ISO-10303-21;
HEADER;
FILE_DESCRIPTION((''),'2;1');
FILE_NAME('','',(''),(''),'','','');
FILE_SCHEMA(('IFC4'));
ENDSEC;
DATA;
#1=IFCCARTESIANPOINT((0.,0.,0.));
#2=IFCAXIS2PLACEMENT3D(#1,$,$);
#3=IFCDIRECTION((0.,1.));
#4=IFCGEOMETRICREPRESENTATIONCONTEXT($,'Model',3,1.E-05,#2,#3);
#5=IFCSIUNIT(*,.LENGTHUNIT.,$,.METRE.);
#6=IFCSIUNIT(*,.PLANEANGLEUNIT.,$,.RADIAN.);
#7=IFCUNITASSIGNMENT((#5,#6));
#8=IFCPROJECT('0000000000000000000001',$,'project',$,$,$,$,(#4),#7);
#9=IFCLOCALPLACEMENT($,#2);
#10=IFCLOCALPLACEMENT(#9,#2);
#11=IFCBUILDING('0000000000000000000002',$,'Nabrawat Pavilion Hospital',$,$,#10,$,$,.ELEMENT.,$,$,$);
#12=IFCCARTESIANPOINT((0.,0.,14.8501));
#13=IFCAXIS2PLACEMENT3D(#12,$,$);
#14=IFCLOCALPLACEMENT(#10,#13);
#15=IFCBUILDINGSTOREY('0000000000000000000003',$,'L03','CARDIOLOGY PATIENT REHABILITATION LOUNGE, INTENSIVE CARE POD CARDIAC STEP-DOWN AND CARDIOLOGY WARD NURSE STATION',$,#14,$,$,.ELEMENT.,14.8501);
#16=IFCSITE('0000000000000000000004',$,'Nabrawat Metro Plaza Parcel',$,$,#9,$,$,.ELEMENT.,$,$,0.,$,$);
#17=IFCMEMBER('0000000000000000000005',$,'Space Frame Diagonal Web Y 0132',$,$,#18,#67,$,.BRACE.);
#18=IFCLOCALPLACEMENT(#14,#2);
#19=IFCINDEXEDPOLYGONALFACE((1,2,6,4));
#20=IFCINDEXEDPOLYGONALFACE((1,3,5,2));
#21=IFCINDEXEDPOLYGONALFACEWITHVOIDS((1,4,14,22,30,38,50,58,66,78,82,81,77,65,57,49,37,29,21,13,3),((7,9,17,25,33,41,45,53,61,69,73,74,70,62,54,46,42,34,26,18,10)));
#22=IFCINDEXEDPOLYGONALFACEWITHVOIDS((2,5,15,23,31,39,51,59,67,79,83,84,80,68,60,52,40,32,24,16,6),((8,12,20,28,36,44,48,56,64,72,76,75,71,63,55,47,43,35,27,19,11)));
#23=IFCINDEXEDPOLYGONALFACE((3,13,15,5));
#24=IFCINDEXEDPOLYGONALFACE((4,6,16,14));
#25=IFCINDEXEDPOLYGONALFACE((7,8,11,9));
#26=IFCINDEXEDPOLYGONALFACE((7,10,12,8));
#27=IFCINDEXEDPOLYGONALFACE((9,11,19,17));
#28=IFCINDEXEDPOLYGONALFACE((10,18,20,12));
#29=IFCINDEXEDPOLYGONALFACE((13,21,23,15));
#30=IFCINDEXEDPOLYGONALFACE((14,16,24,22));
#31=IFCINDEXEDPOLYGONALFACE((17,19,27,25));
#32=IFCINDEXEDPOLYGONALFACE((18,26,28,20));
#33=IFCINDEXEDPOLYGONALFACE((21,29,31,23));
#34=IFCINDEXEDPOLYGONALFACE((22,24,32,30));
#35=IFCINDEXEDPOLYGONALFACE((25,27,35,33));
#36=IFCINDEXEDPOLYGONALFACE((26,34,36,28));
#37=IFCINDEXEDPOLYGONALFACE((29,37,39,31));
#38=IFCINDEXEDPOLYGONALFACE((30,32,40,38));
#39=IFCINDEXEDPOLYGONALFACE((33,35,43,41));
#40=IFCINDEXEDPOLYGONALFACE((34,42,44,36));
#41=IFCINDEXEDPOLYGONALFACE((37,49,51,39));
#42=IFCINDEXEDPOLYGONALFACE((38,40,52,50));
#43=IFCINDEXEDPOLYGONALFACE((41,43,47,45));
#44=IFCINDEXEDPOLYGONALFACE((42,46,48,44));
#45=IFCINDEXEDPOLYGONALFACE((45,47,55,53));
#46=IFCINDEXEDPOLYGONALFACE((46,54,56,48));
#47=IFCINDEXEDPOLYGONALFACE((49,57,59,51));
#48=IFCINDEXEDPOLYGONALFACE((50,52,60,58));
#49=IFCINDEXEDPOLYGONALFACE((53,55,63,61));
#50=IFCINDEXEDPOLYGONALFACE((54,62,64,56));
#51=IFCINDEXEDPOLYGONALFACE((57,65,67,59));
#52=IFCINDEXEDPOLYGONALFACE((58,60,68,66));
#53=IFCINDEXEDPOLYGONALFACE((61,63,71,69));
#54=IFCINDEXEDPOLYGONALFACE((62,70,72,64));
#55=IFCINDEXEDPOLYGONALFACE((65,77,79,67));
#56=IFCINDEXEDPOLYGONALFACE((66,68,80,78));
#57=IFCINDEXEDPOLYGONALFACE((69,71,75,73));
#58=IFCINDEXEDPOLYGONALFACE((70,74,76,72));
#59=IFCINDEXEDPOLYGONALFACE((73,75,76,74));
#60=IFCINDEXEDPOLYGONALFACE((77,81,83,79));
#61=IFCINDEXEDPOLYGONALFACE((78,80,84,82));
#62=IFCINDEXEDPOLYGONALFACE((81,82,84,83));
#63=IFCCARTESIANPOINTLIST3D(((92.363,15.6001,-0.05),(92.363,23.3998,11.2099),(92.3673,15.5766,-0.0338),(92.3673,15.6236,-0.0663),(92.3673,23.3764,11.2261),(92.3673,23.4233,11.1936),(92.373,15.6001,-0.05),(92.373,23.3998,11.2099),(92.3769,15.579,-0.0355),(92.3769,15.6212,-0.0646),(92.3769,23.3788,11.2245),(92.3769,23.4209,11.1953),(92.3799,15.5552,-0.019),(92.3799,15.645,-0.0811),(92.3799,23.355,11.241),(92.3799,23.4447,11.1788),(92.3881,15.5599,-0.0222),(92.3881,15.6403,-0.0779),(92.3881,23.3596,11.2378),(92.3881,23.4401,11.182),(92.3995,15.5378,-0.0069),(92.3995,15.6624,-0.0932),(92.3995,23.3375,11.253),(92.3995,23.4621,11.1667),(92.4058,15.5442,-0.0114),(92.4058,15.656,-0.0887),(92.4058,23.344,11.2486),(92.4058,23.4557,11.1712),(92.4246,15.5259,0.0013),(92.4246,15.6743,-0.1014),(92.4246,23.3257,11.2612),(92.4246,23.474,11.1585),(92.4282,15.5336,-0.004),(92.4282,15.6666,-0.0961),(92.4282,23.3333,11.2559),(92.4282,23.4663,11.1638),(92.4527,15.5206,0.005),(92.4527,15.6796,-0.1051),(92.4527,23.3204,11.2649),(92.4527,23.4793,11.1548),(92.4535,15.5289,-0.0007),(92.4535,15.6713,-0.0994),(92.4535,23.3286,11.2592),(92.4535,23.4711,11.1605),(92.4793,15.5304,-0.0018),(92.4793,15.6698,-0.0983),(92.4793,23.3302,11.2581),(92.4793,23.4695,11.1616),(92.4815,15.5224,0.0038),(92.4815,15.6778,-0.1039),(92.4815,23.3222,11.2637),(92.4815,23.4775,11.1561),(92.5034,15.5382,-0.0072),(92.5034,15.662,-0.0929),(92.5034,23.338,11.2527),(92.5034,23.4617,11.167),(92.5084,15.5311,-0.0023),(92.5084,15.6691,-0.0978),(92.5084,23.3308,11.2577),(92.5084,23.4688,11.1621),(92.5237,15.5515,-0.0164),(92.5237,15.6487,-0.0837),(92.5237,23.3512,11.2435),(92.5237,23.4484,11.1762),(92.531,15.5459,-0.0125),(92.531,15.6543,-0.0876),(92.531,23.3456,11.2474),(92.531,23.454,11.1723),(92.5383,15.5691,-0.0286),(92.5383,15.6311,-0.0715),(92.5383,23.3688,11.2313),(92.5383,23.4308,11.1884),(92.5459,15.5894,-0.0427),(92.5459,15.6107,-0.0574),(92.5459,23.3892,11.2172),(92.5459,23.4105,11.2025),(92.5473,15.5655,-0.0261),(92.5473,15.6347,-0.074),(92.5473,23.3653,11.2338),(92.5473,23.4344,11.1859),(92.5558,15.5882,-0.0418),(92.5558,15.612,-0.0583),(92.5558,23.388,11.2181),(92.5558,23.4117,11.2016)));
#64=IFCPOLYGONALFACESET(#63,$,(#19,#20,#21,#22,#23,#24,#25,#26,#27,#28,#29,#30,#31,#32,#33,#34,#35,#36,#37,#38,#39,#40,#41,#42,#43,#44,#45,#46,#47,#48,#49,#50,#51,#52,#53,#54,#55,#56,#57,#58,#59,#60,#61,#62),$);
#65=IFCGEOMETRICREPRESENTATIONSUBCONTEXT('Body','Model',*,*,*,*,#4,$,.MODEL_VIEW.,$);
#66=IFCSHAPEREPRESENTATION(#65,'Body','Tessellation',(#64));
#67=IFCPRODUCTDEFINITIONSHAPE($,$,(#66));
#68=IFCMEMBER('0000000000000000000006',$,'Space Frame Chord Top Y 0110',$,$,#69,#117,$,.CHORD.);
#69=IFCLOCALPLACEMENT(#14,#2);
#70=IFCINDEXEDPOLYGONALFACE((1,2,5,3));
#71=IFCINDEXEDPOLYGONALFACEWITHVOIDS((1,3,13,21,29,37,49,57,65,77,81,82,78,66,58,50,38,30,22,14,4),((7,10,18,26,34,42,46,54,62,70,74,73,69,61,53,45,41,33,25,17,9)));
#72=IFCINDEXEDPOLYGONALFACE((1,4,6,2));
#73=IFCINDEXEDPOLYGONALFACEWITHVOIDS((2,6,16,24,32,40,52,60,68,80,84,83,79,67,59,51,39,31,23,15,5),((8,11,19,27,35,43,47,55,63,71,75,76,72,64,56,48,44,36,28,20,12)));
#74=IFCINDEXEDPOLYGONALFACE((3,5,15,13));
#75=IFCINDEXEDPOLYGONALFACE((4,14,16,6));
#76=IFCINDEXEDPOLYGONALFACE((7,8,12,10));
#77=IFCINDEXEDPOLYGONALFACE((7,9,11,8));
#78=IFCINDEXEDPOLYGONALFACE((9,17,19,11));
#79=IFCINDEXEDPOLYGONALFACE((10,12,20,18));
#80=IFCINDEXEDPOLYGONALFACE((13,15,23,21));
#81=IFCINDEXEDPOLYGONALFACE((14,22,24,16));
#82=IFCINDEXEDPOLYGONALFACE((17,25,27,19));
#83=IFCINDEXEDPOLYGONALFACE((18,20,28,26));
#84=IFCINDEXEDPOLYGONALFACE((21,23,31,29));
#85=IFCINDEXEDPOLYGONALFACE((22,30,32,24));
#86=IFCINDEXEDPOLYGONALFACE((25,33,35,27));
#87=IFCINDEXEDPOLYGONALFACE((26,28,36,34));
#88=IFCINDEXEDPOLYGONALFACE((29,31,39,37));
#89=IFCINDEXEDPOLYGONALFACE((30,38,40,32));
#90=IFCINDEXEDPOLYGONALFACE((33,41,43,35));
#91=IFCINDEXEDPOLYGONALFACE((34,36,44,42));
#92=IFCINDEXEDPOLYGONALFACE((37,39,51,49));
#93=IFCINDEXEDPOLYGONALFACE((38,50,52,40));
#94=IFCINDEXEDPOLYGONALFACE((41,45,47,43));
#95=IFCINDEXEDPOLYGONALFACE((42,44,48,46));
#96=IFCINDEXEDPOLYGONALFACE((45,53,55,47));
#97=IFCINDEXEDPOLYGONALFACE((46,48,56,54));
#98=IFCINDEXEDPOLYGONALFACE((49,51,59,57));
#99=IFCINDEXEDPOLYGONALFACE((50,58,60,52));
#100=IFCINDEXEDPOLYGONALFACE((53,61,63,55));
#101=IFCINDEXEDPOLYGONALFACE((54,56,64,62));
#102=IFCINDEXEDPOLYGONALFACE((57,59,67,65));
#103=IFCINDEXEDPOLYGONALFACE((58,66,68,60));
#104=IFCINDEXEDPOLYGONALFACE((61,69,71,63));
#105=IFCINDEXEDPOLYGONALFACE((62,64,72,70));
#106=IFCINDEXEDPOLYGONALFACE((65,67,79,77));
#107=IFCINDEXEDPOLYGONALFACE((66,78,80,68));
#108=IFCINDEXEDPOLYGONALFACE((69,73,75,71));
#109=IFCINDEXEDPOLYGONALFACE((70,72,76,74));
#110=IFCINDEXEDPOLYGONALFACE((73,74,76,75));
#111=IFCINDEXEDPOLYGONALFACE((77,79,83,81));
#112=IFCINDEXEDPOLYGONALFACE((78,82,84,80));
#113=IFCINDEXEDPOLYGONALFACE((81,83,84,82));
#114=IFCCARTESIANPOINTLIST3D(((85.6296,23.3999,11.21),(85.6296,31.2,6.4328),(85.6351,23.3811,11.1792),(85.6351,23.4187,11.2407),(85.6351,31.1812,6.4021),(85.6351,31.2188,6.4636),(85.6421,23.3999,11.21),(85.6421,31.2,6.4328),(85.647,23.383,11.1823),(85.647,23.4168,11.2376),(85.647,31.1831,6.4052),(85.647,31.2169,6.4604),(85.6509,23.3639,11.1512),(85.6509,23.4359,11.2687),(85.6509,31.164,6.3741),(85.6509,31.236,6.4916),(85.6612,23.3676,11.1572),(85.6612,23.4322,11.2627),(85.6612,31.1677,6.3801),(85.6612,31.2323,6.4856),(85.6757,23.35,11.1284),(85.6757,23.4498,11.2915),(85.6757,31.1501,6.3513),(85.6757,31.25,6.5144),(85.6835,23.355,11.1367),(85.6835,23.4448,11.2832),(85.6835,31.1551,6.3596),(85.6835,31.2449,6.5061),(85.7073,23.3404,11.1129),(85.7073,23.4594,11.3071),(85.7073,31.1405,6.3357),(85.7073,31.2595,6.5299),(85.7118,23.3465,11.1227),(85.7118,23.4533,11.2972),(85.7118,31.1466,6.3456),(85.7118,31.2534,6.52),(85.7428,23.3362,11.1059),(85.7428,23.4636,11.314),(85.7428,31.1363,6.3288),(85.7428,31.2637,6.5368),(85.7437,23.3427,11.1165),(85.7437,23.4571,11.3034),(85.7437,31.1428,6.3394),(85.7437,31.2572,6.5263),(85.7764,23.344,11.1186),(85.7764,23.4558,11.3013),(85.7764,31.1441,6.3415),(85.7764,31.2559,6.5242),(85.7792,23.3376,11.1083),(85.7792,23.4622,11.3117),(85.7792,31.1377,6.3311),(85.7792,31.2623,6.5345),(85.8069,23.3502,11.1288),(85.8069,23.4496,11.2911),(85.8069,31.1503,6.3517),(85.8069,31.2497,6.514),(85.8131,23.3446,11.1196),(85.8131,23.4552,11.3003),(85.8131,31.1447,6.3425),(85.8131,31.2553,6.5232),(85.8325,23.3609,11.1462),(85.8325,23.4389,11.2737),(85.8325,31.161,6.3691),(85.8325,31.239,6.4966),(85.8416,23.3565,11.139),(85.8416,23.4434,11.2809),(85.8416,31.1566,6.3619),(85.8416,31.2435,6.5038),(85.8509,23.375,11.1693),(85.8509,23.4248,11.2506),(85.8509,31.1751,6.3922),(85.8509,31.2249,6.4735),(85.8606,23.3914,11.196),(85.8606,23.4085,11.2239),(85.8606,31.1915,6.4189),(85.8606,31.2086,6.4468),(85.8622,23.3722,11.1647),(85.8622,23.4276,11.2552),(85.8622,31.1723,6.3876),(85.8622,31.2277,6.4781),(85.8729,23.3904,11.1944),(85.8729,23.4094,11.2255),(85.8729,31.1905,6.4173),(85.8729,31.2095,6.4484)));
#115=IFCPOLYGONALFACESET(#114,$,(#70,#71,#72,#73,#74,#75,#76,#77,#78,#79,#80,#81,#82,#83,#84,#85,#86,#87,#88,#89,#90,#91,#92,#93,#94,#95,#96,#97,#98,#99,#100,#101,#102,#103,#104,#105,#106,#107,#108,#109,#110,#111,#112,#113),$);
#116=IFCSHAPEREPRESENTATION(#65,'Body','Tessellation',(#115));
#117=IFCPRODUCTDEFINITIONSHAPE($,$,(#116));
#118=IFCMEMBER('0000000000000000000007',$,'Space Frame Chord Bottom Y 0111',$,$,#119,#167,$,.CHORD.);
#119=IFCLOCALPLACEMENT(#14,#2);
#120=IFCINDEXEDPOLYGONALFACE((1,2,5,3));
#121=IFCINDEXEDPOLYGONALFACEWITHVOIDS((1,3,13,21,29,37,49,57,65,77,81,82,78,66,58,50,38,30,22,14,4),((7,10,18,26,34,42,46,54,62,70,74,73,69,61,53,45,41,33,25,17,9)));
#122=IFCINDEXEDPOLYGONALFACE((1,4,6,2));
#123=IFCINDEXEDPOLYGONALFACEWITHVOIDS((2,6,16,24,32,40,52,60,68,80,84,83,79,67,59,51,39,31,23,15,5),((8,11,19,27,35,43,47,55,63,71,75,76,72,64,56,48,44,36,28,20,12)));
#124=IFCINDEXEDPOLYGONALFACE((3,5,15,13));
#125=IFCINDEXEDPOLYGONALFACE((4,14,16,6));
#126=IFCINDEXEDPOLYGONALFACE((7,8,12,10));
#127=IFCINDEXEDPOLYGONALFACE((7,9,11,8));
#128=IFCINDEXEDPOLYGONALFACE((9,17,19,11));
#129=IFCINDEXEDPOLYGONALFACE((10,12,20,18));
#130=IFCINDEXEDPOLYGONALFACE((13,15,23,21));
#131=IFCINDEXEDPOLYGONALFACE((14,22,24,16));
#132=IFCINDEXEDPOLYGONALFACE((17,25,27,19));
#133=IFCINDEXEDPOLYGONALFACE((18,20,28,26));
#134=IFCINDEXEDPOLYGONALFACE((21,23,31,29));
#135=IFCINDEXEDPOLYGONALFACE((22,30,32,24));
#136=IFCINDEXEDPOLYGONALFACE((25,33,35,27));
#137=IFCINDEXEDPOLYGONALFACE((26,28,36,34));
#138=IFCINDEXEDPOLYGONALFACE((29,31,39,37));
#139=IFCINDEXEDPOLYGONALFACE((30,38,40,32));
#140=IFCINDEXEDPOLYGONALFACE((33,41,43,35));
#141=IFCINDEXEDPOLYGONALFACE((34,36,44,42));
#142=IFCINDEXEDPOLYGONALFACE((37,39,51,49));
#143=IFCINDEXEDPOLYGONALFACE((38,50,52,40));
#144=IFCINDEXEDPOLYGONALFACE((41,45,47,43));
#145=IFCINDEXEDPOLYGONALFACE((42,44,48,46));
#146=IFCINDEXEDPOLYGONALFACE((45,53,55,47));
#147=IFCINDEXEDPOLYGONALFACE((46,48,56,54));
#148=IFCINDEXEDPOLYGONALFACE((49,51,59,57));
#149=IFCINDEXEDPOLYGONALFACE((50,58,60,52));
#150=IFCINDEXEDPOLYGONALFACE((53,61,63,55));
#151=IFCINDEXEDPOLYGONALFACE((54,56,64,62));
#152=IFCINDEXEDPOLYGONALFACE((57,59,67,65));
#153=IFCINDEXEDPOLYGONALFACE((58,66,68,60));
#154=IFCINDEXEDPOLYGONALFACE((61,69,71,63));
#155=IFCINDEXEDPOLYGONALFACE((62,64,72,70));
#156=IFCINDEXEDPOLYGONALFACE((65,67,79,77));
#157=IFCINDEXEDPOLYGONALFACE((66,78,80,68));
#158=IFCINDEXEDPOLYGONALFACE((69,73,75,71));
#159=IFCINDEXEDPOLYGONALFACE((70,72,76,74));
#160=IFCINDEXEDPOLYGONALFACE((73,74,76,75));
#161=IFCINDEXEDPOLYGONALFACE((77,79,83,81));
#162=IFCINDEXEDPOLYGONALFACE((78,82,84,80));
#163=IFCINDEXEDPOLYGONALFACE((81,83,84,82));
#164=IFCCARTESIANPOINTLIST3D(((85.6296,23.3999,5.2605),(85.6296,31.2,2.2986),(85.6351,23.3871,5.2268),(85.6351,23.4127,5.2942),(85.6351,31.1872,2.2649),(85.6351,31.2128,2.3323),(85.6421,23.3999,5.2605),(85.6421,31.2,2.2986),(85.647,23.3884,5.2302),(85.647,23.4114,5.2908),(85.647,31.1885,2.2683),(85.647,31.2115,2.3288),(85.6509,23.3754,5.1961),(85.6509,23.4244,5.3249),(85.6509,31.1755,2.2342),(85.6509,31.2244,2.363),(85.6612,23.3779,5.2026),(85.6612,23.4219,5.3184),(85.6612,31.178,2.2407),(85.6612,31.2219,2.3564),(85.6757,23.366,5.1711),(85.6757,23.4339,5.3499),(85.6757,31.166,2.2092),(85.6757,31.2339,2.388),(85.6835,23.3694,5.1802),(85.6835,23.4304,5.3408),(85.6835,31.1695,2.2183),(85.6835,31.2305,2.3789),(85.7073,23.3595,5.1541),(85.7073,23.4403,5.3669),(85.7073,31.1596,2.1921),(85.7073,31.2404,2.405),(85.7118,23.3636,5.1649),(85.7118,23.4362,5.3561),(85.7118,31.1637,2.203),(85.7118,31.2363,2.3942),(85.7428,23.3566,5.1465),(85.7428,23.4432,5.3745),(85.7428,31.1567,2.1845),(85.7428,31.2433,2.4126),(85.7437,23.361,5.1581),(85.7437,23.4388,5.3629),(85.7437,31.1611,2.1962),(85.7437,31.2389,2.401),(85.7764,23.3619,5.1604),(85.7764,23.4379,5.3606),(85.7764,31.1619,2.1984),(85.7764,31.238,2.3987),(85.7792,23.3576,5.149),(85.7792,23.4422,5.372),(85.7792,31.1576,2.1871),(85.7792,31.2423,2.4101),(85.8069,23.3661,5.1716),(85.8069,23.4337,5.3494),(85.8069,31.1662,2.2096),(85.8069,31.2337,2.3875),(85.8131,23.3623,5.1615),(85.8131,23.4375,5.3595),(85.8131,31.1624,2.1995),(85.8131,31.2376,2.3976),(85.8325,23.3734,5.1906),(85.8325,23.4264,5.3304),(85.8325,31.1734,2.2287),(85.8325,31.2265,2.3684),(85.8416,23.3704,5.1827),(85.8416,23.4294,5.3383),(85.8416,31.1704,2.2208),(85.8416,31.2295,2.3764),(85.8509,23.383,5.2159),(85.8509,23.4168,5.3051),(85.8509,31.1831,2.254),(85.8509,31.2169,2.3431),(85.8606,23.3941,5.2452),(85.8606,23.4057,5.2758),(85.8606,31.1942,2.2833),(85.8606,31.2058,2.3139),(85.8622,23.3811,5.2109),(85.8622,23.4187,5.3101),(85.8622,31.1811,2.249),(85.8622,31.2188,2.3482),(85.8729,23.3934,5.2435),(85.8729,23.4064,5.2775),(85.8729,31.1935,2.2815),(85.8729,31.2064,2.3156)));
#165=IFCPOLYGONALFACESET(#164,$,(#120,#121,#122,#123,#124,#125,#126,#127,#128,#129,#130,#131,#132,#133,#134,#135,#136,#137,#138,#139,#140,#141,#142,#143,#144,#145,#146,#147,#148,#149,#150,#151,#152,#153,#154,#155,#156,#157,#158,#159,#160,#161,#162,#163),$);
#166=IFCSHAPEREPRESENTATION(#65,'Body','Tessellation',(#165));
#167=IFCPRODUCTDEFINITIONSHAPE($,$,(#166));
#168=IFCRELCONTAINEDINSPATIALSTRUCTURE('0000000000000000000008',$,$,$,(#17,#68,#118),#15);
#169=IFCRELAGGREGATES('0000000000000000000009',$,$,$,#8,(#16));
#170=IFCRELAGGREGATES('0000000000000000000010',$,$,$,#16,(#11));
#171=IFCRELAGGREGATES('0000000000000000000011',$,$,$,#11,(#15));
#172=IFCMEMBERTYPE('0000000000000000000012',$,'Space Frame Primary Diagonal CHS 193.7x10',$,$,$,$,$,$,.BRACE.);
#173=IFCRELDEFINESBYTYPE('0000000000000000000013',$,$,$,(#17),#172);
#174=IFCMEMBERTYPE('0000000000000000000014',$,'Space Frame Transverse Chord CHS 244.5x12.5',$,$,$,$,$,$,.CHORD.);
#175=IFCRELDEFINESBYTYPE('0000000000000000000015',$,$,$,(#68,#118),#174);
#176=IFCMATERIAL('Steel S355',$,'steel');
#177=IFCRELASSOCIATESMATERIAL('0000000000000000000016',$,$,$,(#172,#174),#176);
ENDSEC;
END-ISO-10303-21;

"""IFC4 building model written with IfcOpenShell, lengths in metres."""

from ifc_helpers import new_model, si_unit, direction, frame, origin, origin_2d, place, context, subcontext, project, spatial, hollow_circle, extrude, material, material_profile, profile_set, type_object, element, save


model = new_model("IFC4")

# Units and contexts
model_context = context("Model", 3, precision=1e-05, world=origin(), true_north=direction((0.0, 1.0)))
body_context = subcontext(model_context, "Body", "Model", "MODEL_VIEW")
ifc_project = project(units=[si_unit("LENGTHUNIT", "METRE"), si_unit("PLANEANGLEUNIT", "RADIAN")], contexts=[model_context])

# Site, building, storey
site_placement = place(None, origin())
site = spatial("IfcSite", under=ifc_project, at=site_placement, Name="Nabrawat Metro Plaza Parcel", CompositionType="ELEMENT", RefElevation=0.0)
building_placement = place(site_placement, origin())
building = spatial("IfcBuilding", under=site, at=building_placement, Name="Nabrawat Pavilion Hospital", CompositionType="ELEMENT")
storey_placement = place(building_placement, frame((0.0, 0.0, 14.8501)))
storey = spatial("IfcBuildingStorey", under=building, at=storey_placement, Name="L03", Description="CARDIOLOGY PATIENT REHABILITATION LOUNGE, INTENSIVE CARE POD CARDIAC STEP-DOWN AND CARDIOLOGY WARD NURSE STATION", CompositionType="ELEMENT", Elevation=14.8501)

# Shared definitions
ifc_material = material(Name="Steel S355", Category="steel")

# Members
ifc_material_profile_1 = material_profile(ifc_material, hollow_circle(Radius=0.0969, WallThickness=0.01, at=origin_2d()), Name="CHS 193.7x10")
ifc_profile_set_1 = profile_set([ifc_material_profile_1], Name="Steel S355")
member_type_1 = type_object("IfcMemberType", Name="Space Frame Primary Diagonal CHS 193.7x10", PredefinedType="BRACE", material=ifc_profile_set_1)
member_1_placement = place(storey_placement, frame((92.46, 15.6001, -0.05), z_axis=(0.0, 0.569428, 0.822041), x_axis=(-1.0, 0.0, 0.0)))
element("IfcMember", 1, at=member_1_placement, inside=storey, type_object=member_type_1, Name="Space Frame Diagonal Web Y 0132", PredefinedType="BRACE", context=body_context, shape_type="SweptSolid", body=[
    extrude(hollow_circle(Radius=0.0969, WallThickness=0.01, at=origin_2d()), origin(), (0.0, 0.0, 1.0), 13.6975),
])
ifc_material_profile_2 = material_profile(ifc_material, hollow_circle(Radius=0.1223, WallThickness=0.0125, at=origin_2d()), Name="CHS 244.5x12.5")
ifc_profile_set_2 = profile_set([ifc_material_profile_2], Name="Steel S355")
member_type_2 = type_object("IfcMemberType", Name="Space Frame Transverse Chord CHS 244.5x12.5", PredefinedType="CHORD", material=ifc_profile_set_2)
member_2_placement = place(storey_placement, frame((85.752, 23.3999, 11.21), z_axis=(0.0, 0.852775, -0.522278), x_axis=(-1.0, 0.0, 0.0)))
element("IfcMember", 2, at=member_2_placement, inside=storey, type_object=member_type_2, Name="Space Frame Chord Top Y 0110", PredefinedType="CHORD", context=body_context, shape_type="SweptSolid", body=[
    extrude(hollow_circle(Radius=0.1223, WallThickness=0.0125, at=origin_2d()), origin(), (0.0, 0.0, 1.0), 9.1467),
])
member_3_placement = place(storey_placement, frame((85.752, 23.3999, 5.2605), z_axis=(0.0, 0.934867, -0.354997), x_axis=(-1.0, 0.0, 0.0)))
element("IfcMember", 3, at=member_3_placement, inside=storey, type_object=member_type_2, Name="Space Frame Chord Bottom Y 0111", PredefinedType="CHORD", context=body_context, shape_type="SweptSolid", body=[
    extrude(hollow_circle(Radius=0.1223, WallThickness=0.0125, at=origin_2d()), origin(), (0.0, 0.0, 1.0), 8.3435),
])

save(model, "model.ifc")
